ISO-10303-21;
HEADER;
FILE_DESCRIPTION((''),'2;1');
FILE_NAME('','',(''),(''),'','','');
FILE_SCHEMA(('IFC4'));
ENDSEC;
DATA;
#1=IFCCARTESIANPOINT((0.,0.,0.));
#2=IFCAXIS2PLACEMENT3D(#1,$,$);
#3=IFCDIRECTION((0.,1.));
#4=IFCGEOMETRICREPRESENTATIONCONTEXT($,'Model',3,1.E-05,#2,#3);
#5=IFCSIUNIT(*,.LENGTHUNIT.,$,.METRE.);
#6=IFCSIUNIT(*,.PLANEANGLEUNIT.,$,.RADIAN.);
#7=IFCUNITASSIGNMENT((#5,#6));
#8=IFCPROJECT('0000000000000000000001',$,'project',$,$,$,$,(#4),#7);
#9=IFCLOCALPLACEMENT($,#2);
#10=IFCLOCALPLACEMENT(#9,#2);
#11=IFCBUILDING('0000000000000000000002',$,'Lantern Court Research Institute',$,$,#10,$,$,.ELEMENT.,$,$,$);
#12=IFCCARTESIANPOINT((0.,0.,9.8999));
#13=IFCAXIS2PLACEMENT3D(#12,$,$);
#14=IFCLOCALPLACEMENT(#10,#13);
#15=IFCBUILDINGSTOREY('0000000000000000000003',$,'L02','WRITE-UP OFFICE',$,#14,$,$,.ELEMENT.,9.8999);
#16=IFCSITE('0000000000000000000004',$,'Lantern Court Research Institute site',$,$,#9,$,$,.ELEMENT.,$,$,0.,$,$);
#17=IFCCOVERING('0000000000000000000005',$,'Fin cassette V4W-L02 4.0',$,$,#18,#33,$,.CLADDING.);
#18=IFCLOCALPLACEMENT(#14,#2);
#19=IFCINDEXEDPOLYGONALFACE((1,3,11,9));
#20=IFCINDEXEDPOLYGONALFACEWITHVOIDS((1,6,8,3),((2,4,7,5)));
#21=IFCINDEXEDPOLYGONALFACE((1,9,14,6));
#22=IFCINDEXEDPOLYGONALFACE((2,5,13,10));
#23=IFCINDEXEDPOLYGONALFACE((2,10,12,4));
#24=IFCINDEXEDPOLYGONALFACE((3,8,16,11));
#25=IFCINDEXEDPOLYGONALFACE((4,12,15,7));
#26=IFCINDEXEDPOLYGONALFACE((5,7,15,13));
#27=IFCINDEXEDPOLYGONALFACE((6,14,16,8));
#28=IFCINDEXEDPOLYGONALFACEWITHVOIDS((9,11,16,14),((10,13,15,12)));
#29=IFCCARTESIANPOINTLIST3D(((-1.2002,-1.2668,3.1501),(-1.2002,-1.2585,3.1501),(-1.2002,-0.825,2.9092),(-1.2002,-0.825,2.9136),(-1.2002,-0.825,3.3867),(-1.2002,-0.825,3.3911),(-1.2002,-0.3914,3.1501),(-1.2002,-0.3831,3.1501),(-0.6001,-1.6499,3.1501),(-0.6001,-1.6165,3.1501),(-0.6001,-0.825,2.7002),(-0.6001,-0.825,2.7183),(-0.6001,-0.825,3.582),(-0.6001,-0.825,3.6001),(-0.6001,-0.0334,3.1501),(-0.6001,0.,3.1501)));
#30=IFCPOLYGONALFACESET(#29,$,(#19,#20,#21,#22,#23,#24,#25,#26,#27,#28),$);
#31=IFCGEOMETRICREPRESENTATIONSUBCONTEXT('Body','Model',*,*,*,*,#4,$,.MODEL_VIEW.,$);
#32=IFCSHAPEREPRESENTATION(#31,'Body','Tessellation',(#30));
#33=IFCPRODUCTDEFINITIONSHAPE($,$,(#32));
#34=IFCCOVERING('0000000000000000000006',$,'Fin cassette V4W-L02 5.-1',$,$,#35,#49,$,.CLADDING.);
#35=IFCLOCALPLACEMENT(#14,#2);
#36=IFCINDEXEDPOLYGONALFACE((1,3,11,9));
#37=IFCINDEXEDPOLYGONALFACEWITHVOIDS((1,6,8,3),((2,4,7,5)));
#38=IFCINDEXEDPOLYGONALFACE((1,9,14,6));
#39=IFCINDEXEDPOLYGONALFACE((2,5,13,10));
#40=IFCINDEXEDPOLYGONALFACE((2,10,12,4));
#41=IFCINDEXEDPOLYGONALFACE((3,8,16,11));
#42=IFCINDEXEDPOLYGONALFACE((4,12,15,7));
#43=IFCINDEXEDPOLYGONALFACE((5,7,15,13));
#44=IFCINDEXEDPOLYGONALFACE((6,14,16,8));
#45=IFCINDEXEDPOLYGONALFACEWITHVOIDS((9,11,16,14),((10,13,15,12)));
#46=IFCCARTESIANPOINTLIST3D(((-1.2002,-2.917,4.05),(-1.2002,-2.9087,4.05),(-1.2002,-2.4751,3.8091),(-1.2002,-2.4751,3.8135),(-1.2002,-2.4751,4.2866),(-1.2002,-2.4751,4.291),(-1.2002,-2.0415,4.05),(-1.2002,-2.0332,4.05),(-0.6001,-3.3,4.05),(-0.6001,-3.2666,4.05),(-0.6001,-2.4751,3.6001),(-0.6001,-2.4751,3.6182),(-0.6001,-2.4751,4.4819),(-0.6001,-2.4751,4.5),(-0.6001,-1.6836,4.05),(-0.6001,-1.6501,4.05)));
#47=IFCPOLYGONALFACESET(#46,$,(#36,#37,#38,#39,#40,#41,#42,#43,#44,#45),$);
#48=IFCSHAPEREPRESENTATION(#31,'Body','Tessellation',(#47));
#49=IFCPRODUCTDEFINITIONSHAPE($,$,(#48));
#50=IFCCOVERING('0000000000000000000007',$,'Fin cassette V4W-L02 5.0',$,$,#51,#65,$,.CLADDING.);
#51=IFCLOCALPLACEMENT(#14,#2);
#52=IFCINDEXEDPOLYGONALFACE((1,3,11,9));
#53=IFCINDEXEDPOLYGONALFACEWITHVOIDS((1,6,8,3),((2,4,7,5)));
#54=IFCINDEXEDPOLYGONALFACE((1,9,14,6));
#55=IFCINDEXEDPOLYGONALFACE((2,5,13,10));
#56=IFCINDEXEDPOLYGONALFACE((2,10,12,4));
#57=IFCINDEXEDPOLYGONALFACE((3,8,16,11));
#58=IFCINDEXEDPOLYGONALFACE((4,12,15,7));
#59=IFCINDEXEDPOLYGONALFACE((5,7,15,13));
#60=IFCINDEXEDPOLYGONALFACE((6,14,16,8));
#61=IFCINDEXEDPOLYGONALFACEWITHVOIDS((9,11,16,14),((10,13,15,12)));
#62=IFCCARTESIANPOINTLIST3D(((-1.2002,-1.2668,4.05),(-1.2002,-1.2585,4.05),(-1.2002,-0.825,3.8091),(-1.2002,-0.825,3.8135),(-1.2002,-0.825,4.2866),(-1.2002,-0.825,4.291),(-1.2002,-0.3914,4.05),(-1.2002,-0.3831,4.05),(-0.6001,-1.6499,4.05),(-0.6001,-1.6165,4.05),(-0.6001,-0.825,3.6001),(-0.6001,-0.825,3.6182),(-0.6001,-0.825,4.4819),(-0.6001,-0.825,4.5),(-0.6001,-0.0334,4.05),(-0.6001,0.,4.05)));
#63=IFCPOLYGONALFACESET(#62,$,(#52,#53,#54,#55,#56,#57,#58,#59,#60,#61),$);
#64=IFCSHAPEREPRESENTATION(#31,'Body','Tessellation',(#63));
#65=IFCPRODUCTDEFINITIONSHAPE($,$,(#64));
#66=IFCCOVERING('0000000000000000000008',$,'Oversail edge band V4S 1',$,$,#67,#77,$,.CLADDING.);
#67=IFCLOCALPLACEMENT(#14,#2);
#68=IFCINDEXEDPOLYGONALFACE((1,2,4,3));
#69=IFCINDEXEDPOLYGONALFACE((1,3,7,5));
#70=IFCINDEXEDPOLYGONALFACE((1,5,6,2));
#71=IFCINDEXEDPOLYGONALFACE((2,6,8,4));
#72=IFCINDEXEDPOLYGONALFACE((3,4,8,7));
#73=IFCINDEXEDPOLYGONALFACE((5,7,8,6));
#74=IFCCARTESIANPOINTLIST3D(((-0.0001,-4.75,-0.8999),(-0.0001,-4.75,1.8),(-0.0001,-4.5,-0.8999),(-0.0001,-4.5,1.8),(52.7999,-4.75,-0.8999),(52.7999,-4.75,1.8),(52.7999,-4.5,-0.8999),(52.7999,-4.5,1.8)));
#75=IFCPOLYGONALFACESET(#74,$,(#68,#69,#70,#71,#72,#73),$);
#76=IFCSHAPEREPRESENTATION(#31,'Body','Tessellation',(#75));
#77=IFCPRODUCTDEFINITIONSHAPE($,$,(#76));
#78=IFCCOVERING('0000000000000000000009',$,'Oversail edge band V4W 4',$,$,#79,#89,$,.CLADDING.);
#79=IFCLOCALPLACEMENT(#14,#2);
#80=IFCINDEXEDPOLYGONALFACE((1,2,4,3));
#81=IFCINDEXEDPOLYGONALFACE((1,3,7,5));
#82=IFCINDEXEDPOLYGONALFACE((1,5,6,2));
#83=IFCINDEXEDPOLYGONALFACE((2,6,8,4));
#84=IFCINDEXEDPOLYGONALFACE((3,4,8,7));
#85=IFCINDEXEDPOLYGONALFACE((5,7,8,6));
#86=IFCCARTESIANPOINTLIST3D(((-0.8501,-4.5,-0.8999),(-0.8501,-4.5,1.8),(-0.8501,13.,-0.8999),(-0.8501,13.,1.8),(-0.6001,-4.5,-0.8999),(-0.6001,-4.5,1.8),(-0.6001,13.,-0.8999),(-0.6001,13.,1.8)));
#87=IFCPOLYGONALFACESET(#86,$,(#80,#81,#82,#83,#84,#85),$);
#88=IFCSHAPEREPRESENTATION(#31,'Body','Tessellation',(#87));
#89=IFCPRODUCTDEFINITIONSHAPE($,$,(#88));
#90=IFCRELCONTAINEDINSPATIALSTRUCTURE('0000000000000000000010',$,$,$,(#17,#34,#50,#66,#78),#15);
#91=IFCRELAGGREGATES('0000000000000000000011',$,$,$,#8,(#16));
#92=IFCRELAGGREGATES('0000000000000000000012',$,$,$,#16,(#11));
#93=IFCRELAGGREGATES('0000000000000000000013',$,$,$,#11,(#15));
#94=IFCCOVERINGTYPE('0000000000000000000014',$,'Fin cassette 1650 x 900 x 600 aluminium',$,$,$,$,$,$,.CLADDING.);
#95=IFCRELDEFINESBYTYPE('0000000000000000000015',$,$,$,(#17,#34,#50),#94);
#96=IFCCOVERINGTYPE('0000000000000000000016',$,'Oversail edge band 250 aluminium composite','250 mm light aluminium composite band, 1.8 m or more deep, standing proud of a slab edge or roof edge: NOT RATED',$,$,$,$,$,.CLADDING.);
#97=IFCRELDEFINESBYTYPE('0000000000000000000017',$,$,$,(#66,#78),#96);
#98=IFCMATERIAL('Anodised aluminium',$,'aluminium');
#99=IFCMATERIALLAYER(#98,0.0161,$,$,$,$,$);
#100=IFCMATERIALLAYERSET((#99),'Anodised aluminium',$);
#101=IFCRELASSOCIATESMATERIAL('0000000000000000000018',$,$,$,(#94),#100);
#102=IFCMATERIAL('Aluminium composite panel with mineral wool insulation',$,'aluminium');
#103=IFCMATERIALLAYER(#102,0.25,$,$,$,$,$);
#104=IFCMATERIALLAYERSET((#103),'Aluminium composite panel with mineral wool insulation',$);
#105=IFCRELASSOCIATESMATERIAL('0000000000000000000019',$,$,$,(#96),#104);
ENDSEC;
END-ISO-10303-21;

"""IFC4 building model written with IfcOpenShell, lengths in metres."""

from ifc_helpers import new_model, entity, si_unit, direction, frame, frame_2d, origin, place, context, subcontext, project, spatial, rectangle, extrude, material, layer, layer_set, type_object, element, save


model = new_model("IFC4")

# Units and contexts
model_context = context("Model", 3, precision=1e-05, world=origin(), true_north=direction((0.0, 1.0)))
body_context = subcontext(model_context, "Body", "Model", "MODEL_VIEW")
ifc_project = project(units=[si_unit("LENGTHUNIT", "METRE"), si_unit("PLANEANGLEUNIT", "RADIAN")], contexts=[model_context])

# Site, building, storey
site_placement = place(None, origin())
site = spatial("IfcSite", under=ifc_project, at=site_placement, Name="Lantern Court Research Institute site", CompositionType="ELEMENT", RefElevation=0.0)
building_placement = place(site_placement, origin())
building = spatial("IfcBuilding", under=site, at=building_placement, Name="Lantern Court Research Institute", CompositionType="ELEMENT")
storey_placement = place(building_placement, frame((0.0, 0.0, 9.8999)))
storey = spatial("IfcBuildingStorey", under=building, at=storey_placement, Name="L02", Description="WRITE-UP OFFICE", CompositionType="ELEMENT", Elevation=9.8999)

# Coverings
ifc_material_1 = material(Name="Anodised aluminium", Category="aluminium")
ifc_layer_1 = layer(ifc_material_1, 0.0161)
ifc_layer_set_1 = layer_set([ifc_layer_1], Name="Anodised aluminium")
covering_type_1 = type_object("IfcCoveringType", Name="Fin cassette 1650 x 900 x 600 aluminium", PredefinedType="CLADDING", material=ifc_layer_set_1)
covering_1_placement = place(storey_placement, frame((-0.6001, -0.825, 3.1501), z_axis=(-1.0, 0.0, 0.0), x_axis=(0.0, -1.0, 0.0)))
cartesian_point_1 = entity("IfcCartesianPoint", [0.825, 0.0])
cartesian_point_2 = entity("IfcCartesianPoint", [0.7915, 0.0])
cartesian_point_3 = entity("IfcCartesianPoint", [0.4419, 0.0])
cartesian_point_4 = entity("IfcCartesianPoint", [0.4336, 0.0])
element("IfcCovering", 1, at=covering_1_placement, inside=storey, type_object=covering_type_1, Name="Fin cassette V4W-L02 4.0", PredefinedType="CLADDING", context=body_context, shape_type="SweptSolid", body=[
    entity("IfcExtrudedAreaSolidTapered", entity("IfcArbitraryProfileDefWithVoids", "AREA", None, entity("IfcPolyline", [cartesian_point_1, entity("IfcCartesianPoint", [0.0, 0.45]), entity("IfcCartesianPoint", [-0.825, 0.0]), entity("IfcCartesianPoint", [0.0, -0.45]), cartesian_point_1]), [entity("IfcPolyline", [cartesian_point_2, entity("IfcCartesianPoint", [0.0, 0.4319]), entity("IfcCartesianPoint", [-0.7915, 0.0]), entity("IfcCartesianPoint", [0.0, -0.4319]), cartesian_point_2])]), entity("IfcAxis2Placement3D", entity("IfcCartesianPoint", [0.0, 0.0, 0.0])), entity("IfcDirection", [0.0, 0.0, 1.0]), 0.6001, entity("IfcArbitraryProfileDefWithVoids", "AREA", None, entity("IfcPolyline", [cartesian_point_3, entity("IfcCartesianPoint", [0.0, 0.241]), entity("IfcCartesianPoint", [-0.4419, 0.0]), entity("IfcCartesianPoint", [0.0, -0.241]), cartesian_point_3]), [entity("IfcPolyline", [cartesian_point_4, entity("IfcCartesianPoint", [0.0, 0.2366]), entity("IfcCartesianPoint", [-0.4336, 0.0]), entity("IfcCartesianPoint", [0.0, -0.2366]), cartesian_point_4])])),
])
covering_2_placement = place(storey_placement, frame((-0.6001, -2.4751, 4.05), z_axis=(-1.0, 0.0, 0.0), x_axis=(0.0, -1.0, 0.0)))
cartesian_point_5 = entity("IfcCartesianPoint", [0.825, 0.0])
cartesian_point_6 = entity("IfcCartesianPoint", [0.7915, 0.0])
cartesian_point_7 = entity("IfcCartesianPoint", [0.4419, 0.0])
cartesian_point_8 = entity("IfcCartesianPoint", [0.4336, 0.0])
element("IfcCovering", 2, at=covering_2_placement, inside=storey, type_object=covering_type_1, Name="Fin cassette V4W-L02 5.-1", PredefinedType="CLADDING", context=body_context, shape_type="SweptSolid", body=[
    entity("IfcExtrudedAreaSolidTapered", entity("IfcArbitraryProfileDefWithVoids", "AREA", None, entity("IfcPolyline", [cartesian_point_5, entity("IfcCartesianPoint", [0.0, 0.45]), entity("IfcCartesianPoint", [-0.825, 0.0]), entity("IfcCartesianPoint", [0.0, -0.45]), cartesian_point_5]), [entity("IfcPolyline", [cartesian_point_6, entity("IfcCartesianPoint", [0.0, 0.4319]), entity("IfcCartesianPoint", [-0.7915, 0.0]), entity("IfcCartesianPoint", [0.0, -0.4319]), cartesian_point_6])]), entity("IfcAxis2Placement3D", entity("IfcCartesianPoint", [0.0, 0.0, 0.0])), entity("IfcDirection", [0.0, 0.0, 1.0]), 0.6001, entity("IfcArbitraryProfileDefWithVoids", "AREA", None, entity("IfcPolyline", [cartesian_point_7, entity("IfcCartesianPoint", [0.0, 0.241]), entity("IfcCartesianPoint", [-0.4419, 0.0]), entity("IfcCartesianPoint", [0.0, -0.241]), cartesian_point_7]), [entity("IfcPolyline", [cartesian_point_8, entity("IfcCartesianPoint", [0.0, 0.2366]), entity("IfcCartesianPoint", [-0.4336, 0.0]), entity("IfcCartesianPoint", [0.0, -0.2366]), cartesian_point_8])])),
])
covering_3_placement = place(storey_placement, frame((-0.6001, -0.825, 4.05), z_axis=(-1.0, 0.0, 0.0), x_axis=(0.0, -1.0, 0.0)))
cartesian_point_9 = entity("IfcCartesianPoint", [0.825, 0.0])
cartesian_point_10 = entity("IfcCartesianPoint", [0.7915, 0.0])
cartesian_point_11 = entity("IfcCartesianPoint", [0.4419, 0.0])
cartesian_point_12 = entity("IfcCartesianPoint", [0.4336, 0.0])
element("IfcCovering", 3, at=covering_3_placement, inside=storey, type_object=covering_type_1, Name="Fin cassette V4W-L02 5.0", PredefinedType="CLADDING", context=body_context, shape_type="SweptSolid", body=[
    entity("IfcExtrudedAreaSolidTapered", entity("IfcArbitraryProfileDefWithVoids", "AREA", None, entity("IfcPolyline", [cartesian_point_9, entity("IfcCartesianPoint", [0.0, 0.45]), entity("IfcCartesianPoint", [-0.825, 0.0]), entity("IfcCartesianPoint", [0.0, -0.45]), cartesian_point_9]), [entity("IfcPolyline", [cartesian_point_10, entity("IfcCartesianPoint", [0.0, 0.4319]), entity("IfcCartesianPoint", [-0.7915, 0.0]), entity("IfcCartesianPoint", [0.0, -0.4319]), cartesian_point_10])]), entity("IfcAxis2Placement3D", entity("IfcCartesianPoint", [0.0, 0.0, 0.0])), entity("IfcDirection", [0.0, 0.0, 1.0]), 0.6001, entity("IfcArbitraryProfileDefWithVoids", "AREA", None, entity("IfcPolyline", [cartesian_point_11, entity("IfcCartesianPoint", [0.0, 0.241]), entity("IfcCartesianPoint", [-0.4419, 0.0]), entity("IfcCartesianPoint", [0.0, -0.241]), cartesian_point_11]), [entity("IfcPolyline", [cartesian_point_12, entity("IfcCartesianPoint", [0.0, 0.2366]), entity("IfcCartesianPoint", [-0.4336, 0.0]), entity("IfcCartesianPoint", [0.0, -0.2366]), cartesian_point_12])])),
])
ifc_material_2 = material(Name="Aluminium composite panel with mineral wool insulation", Category="aluminium")
ifc_layer_2 = layer(ifc_material_2, 0.25)
ifc_layer_set_2 = layer_set([ifc_layer_2], Name="Aluminium composite panel with mineral wool insulation")
covering_type_2 = type_object("IfcCoveringType", Name="Oversail edge band 250 aluminium composite", Description="250 mm light aluminium composite band, 1.8 m or more deep, standing proud of a slab edge or roof edge: NOT RATED", PredefinedType="CLADDING", material=ifc_layer_set_2)
covering_4_placement = place(storey_placement, frame((0.0, -4.625, -0.8999), z_axis=(0.0, 0.0, 1.0), x_axis=(1.0, 0.0, 0.0)))
element("IfcCovering", 4, at=covering_4_placement, inside=storey, type_object=covering_type_2, Name="Oversail edge band V4S 1", PredefinedType="CLADDING", context=body_context, shape_type="SweptSolid", body=[
    extrude(rectangle(XDim=52.8, YDim=0.25, at=frame_2d((26.3999, 0.0))), origin(), (0.0, 0.0, 1.0), 2.7),
])
covering_5_placement = place(storey_placement, frame((-0.7251, -4.5, -0.8999), z_axis=(0.0, 0.0, 1.0), x_axis=(0.0, 1.0, 0.0)))
element("IfcCovering", 5, at=covering_5_placement, inside=storey, type_object=covering_type_2, Name="Oversail edge band V4W 4", PredefinedType="CLADDING", context=body_context, shape_type="SweptSolid", body=[
    extrude(rectangle(XDim=17.5, YDim=0.25, at=frame_2d((8.75, 0.0))), origin(), (0.0, 0.0, 1.0), 2.7),
])

save(model, "model.ifc")
